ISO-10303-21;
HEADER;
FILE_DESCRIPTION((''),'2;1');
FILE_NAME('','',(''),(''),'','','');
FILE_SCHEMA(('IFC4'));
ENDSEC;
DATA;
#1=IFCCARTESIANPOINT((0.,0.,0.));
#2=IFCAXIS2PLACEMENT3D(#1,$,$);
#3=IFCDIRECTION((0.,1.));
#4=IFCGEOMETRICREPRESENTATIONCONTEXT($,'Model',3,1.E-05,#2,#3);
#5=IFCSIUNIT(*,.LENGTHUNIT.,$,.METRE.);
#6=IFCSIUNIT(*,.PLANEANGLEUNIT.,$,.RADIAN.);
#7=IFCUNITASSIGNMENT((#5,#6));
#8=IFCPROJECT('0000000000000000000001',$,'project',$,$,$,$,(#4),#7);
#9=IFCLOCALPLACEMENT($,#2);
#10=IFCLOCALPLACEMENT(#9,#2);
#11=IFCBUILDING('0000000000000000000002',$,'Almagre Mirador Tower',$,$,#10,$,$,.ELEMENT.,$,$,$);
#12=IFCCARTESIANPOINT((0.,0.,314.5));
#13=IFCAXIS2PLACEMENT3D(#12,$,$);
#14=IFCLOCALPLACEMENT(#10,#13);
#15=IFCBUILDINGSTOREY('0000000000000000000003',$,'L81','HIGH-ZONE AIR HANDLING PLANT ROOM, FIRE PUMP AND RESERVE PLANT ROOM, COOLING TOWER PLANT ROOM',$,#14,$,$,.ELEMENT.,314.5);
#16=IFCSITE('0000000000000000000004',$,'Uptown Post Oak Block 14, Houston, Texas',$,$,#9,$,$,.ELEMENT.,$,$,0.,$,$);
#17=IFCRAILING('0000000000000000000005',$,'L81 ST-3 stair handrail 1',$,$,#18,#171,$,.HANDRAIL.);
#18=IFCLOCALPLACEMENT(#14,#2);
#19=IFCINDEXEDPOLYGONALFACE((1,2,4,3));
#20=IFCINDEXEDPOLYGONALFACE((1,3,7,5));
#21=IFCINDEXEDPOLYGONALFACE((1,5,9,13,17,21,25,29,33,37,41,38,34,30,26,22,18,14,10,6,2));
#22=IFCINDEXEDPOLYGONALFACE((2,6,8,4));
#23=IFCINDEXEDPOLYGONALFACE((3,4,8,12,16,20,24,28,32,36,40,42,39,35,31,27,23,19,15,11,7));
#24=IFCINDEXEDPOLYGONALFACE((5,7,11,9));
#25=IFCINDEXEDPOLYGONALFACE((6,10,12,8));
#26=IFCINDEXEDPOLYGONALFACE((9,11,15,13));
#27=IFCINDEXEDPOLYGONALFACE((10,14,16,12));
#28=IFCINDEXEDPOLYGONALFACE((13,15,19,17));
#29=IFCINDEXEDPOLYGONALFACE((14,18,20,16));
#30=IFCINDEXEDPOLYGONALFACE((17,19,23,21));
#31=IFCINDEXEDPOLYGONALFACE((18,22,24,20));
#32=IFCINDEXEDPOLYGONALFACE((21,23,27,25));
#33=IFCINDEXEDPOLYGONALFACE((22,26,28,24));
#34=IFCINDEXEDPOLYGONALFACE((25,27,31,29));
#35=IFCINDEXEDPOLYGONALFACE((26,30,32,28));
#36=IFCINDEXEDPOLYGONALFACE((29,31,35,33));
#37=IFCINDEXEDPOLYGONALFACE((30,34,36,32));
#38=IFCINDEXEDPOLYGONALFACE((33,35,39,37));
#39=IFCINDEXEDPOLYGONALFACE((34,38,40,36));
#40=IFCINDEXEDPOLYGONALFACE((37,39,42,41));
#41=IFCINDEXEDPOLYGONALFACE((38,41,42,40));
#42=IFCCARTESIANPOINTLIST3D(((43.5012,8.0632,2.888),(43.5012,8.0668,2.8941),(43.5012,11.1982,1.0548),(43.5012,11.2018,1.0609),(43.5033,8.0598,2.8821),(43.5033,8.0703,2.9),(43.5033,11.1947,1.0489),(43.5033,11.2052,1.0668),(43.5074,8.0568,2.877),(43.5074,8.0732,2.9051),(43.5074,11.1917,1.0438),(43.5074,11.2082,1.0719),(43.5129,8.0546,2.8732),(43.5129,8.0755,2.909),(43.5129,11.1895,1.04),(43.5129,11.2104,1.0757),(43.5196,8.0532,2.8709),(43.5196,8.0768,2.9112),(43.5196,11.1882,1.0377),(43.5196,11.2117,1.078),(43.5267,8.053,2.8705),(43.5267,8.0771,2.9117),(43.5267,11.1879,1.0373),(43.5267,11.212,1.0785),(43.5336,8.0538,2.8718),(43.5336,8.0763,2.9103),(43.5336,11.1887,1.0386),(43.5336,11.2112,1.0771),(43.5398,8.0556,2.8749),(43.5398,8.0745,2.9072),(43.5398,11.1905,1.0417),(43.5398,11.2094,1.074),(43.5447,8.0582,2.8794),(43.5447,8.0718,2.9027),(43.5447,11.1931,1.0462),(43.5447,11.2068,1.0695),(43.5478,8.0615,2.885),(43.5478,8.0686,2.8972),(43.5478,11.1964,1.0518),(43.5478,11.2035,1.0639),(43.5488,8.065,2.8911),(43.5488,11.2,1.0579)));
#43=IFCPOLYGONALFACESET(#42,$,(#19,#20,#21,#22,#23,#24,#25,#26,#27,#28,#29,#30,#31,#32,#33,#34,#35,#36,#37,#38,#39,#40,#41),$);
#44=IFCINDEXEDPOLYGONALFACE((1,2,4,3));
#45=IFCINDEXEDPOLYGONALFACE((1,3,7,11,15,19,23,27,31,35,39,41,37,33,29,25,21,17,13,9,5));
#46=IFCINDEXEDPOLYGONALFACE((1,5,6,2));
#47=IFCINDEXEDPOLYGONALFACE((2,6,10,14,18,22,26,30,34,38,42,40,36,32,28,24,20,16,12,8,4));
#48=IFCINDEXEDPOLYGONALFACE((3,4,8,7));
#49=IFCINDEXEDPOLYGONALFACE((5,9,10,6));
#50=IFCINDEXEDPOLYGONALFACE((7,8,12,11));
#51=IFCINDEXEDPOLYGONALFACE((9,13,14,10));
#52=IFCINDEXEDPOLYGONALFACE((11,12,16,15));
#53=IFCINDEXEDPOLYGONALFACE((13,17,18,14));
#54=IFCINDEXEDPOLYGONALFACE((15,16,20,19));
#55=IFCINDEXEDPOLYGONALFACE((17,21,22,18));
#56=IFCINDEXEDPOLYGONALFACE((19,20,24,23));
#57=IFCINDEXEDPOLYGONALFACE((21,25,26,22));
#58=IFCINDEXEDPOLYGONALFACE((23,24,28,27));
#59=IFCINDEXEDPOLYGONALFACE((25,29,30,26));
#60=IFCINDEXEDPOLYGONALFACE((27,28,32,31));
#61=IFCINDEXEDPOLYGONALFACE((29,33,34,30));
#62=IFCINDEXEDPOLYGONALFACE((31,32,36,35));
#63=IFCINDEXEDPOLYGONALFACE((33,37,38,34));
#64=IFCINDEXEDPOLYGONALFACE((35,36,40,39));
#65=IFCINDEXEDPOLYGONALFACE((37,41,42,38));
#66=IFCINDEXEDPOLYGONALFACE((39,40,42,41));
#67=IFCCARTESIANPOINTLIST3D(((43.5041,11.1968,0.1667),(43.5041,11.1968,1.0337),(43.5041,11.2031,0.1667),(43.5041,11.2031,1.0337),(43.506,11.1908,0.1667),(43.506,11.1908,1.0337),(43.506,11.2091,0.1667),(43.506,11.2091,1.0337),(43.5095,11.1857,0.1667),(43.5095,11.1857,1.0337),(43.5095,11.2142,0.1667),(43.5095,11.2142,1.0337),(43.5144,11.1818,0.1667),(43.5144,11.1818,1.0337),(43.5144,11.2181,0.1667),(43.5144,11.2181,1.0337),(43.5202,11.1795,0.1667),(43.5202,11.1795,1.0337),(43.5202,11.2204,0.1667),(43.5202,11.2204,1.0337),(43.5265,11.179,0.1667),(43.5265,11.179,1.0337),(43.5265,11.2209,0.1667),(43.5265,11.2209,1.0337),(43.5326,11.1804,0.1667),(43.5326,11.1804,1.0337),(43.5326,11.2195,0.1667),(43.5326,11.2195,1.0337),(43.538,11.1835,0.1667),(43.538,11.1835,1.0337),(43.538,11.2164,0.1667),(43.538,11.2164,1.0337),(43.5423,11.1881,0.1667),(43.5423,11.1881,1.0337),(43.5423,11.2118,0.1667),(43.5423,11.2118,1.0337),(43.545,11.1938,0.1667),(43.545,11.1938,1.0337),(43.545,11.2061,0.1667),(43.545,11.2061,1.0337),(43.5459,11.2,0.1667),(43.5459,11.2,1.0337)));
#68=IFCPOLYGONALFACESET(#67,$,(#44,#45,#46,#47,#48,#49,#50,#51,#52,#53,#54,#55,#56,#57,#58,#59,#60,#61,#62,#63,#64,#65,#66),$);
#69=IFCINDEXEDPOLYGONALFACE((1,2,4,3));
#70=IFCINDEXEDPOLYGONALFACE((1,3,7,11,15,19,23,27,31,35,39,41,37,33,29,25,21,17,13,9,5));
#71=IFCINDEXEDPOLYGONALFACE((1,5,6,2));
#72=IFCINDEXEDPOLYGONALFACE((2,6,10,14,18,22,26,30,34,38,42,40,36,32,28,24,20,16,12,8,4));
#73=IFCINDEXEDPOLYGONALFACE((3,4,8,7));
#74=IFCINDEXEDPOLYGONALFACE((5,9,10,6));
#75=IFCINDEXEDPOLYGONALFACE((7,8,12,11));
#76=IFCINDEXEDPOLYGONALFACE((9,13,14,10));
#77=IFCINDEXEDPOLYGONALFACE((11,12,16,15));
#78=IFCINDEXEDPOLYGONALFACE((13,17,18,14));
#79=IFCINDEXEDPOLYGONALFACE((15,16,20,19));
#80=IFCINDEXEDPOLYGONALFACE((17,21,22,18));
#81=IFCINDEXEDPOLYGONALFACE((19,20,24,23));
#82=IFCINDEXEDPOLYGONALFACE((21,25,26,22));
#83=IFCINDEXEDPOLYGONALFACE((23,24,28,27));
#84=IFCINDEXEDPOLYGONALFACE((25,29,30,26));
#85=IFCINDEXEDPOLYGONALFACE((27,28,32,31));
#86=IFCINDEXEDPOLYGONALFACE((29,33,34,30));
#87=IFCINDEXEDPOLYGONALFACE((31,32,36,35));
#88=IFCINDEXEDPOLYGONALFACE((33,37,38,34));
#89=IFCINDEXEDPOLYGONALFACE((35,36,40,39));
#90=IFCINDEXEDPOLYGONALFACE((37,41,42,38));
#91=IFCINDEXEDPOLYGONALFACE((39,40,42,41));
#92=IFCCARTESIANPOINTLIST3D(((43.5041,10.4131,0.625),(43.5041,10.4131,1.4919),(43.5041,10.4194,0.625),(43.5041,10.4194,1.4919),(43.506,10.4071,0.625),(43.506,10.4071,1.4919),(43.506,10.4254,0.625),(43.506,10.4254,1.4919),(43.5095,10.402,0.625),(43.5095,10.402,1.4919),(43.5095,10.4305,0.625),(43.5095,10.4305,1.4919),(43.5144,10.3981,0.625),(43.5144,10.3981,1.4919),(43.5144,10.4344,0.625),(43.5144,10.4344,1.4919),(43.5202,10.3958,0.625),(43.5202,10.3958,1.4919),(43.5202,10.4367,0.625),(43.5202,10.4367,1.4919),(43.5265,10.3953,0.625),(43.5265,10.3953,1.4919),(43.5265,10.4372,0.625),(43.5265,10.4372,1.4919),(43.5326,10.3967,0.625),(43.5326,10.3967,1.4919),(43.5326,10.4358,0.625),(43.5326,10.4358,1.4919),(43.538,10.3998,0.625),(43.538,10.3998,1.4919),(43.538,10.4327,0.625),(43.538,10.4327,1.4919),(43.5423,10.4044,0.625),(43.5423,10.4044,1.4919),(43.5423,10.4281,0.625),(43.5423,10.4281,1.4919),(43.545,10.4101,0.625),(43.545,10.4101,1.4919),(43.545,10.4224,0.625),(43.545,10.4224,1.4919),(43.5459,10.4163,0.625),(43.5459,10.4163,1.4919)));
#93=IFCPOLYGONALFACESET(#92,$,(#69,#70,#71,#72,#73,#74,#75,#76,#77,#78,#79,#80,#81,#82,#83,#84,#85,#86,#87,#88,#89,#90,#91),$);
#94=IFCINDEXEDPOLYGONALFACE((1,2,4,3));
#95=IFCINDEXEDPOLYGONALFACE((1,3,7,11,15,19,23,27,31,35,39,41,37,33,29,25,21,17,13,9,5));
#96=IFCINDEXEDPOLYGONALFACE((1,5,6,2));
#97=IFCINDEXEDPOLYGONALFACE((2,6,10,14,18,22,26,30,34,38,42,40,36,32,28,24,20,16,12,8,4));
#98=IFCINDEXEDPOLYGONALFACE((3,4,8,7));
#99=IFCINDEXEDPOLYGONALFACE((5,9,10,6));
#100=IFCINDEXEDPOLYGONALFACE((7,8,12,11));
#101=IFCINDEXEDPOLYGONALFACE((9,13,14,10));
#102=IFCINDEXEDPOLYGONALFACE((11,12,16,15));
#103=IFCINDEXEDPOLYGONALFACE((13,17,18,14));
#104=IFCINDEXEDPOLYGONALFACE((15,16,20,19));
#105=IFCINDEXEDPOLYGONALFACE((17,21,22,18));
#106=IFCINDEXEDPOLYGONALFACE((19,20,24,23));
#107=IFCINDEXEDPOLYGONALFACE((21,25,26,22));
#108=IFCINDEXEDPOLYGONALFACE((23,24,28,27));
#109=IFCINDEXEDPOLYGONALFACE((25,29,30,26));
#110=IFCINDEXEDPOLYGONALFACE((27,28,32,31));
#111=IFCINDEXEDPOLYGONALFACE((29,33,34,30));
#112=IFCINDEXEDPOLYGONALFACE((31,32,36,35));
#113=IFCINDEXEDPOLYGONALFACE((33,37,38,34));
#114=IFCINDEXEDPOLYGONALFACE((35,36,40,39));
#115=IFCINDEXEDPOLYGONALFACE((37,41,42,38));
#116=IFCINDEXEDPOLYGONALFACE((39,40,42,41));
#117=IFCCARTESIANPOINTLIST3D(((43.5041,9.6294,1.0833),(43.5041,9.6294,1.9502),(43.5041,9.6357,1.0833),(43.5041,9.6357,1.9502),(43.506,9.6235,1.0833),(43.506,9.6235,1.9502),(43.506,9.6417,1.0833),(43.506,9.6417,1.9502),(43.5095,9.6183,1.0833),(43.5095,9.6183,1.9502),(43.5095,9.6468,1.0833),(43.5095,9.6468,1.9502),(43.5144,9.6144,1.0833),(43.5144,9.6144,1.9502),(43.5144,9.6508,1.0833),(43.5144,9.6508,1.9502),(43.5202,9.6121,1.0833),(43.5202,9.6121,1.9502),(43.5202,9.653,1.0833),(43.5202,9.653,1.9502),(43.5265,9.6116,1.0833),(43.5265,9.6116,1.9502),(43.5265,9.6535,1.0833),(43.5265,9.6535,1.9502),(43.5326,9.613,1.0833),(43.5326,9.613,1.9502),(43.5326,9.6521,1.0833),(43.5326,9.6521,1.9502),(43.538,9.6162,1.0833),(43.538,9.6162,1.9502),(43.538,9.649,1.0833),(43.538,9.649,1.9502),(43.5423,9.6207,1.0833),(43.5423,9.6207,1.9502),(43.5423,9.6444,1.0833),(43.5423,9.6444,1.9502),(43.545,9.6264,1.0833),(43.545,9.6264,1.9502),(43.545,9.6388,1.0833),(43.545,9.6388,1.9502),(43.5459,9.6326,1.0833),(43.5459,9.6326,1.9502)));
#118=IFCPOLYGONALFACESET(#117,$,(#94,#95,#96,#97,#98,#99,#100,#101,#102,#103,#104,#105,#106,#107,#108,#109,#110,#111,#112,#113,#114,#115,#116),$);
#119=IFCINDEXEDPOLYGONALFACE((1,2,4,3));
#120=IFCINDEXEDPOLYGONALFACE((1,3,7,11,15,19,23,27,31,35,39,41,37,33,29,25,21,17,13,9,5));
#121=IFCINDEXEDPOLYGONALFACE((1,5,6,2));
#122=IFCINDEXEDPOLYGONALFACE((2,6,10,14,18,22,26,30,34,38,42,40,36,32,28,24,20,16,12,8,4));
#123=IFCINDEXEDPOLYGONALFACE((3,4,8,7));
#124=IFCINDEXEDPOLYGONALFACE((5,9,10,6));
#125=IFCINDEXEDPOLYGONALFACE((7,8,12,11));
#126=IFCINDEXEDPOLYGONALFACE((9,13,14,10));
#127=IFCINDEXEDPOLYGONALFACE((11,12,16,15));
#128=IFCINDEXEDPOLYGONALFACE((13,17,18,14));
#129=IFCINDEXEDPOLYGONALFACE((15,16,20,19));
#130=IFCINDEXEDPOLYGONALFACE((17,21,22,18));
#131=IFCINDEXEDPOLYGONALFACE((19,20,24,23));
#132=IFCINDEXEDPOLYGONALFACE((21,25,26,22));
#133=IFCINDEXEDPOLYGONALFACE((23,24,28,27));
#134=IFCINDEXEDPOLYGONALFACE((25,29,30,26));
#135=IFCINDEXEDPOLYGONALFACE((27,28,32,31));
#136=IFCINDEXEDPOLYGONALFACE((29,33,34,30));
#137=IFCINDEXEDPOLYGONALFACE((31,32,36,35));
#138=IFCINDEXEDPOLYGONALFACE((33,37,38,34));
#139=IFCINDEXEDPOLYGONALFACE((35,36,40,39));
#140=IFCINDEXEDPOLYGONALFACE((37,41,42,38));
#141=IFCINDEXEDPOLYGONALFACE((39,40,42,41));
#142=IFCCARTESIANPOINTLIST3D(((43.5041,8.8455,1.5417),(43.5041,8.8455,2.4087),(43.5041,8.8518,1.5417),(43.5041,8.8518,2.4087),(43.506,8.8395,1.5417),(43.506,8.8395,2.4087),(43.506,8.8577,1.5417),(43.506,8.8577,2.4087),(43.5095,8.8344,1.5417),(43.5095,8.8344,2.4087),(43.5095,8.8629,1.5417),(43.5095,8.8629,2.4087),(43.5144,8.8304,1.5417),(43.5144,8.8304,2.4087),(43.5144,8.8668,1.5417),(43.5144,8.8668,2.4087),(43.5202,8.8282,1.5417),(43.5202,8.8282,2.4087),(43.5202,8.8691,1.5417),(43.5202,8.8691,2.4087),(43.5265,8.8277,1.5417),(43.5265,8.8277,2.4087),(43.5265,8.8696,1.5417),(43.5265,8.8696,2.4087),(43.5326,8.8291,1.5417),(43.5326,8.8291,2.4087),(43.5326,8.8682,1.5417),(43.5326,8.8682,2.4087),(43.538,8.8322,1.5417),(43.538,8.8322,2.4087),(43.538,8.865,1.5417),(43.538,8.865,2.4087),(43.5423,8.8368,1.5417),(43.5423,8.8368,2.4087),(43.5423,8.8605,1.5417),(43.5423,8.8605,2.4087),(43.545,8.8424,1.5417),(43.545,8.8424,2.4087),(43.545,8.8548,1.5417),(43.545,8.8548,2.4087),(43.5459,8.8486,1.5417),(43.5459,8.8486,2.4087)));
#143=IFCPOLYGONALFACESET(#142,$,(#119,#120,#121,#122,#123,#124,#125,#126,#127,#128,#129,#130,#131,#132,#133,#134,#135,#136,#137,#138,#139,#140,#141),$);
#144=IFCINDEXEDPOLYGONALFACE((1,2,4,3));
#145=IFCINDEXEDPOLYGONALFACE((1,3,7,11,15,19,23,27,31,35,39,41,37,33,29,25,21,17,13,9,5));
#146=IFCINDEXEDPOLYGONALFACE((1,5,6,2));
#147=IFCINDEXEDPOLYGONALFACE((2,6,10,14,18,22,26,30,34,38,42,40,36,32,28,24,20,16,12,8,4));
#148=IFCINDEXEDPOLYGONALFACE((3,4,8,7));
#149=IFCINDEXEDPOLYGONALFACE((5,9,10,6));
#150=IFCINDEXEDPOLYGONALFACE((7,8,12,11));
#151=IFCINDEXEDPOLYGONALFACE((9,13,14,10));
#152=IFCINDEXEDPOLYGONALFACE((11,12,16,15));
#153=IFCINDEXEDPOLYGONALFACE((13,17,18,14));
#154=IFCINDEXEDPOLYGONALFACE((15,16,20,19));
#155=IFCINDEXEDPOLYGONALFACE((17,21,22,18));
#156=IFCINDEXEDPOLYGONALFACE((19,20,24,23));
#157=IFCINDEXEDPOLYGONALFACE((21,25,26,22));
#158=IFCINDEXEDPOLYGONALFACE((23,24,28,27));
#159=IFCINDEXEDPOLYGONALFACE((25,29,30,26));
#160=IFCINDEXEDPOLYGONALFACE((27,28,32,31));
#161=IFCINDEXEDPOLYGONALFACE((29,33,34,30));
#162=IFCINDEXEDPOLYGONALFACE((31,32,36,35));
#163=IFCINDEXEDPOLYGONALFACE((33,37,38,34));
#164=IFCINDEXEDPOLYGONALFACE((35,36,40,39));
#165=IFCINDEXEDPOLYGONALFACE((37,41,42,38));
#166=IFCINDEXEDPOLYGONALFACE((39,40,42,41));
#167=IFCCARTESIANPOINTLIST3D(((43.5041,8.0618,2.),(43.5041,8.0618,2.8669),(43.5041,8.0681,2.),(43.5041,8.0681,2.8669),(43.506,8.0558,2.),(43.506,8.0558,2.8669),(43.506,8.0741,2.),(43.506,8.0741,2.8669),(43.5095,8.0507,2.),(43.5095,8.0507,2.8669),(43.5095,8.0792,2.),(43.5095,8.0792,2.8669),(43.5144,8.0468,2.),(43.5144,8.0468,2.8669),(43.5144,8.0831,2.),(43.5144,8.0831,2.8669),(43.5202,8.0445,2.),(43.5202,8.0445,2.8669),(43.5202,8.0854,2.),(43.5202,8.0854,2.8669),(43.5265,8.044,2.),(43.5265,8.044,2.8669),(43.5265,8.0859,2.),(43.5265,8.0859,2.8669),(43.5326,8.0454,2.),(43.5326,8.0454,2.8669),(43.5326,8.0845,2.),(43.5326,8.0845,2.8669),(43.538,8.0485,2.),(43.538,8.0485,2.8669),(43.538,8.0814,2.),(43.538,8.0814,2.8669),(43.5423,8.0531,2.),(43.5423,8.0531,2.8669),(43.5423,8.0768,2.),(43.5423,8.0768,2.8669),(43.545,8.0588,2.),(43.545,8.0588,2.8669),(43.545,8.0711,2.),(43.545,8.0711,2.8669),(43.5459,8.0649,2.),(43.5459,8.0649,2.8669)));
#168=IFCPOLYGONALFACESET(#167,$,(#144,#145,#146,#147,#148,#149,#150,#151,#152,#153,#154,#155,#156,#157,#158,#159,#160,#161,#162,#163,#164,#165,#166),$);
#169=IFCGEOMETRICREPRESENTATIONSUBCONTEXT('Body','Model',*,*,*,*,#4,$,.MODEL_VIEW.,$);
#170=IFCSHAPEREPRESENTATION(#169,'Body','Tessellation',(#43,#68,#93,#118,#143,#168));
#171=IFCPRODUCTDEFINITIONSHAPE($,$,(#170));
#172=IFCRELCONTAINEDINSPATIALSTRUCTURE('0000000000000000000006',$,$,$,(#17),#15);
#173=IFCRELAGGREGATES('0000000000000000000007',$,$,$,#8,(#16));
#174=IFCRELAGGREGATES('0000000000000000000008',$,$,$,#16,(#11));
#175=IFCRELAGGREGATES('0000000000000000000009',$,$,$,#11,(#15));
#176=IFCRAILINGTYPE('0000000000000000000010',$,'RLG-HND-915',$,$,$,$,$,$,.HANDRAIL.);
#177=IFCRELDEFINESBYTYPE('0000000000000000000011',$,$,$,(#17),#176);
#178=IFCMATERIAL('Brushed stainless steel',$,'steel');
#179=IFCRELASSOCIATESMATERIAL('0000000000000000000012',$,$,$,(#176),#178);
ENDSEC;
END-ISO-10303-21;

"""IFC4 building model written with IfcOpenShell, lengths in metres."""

from ifc_helpers import new_model, si_unit, direction, frame, origin, origin_2d, place, context, subcontext, project, spatial, circle, extrude, material, type_object, element, save


model = new_model("IFC4")

# Units and contexts
model_context = context("Model", 3, precision=1e-05, world=origin(), true_north=direction((0.0, 1.0)))
body_context = subcontext(model_context, "Body", "Model", "MODEL_VIEW")
ifc_project = project(units=[si_unit("LENGTHUNIT", "METRE"), si_unit("PLANEANGLEUNIT", "RADIAN")], contexts=[model_context])

# Site, building, storey
site_placement = place(None, origin())
site = spatial("IfcSite", under=ifc_project, at=site_placement, Name="Uptown Post Oak Block 14, Houston, Texas", CompositionType="ELEMENT", RefElevation=0.0)
building_placement = place(site_placement, origin())
building = spatial("IfcBuilding", under=site, at=building_placement, Name="Almagre Mirador Tower", CompositionType="ELEMENT")
storey_placement = place(building_placement, frame((0.0, 0.0, 314.5)))
storey = spatial("IfcBuildingStorey", under=building, at=storey_placement, Name="L81", Description="HIGH-ZONE AIR HANDLING PLANT ROOM, FIRE PUMP AND RESERVE PLANT ROOM, COOLING TOWER PLANT ROOM", CompositionType="ELEMENT", Elevation=314.5)

# Railing
ifc_material_1 = material(Name="Brushed stainless steel", Category="steel")
railing_type_1 = type_object("IfcRailingType", Name="RLG-HND-915", PredefinedType="HANDRAIL", material=ifc_material_1)
railing_1_placement = place(storey_placement, frame((43.5249, 11.2, 0.1667)))
element("IfcRailing", 1, at=railing_1_placement, inside=storey, type_object=railing_type_1, Name="L81 ST-3 stair handrail 1", PredefinedType="HANDRAIL", context=body_context, shape_type="SweptSolid", body=[
    extrude(circle(Radius=0.0239, at=origin_2d()), frame((0.0, 0.0, 0.8911), z_axis=(0.0, -0.86324, 0.504794), x_axis=(1.0, 0.0, 0.0)), (0.0, 0.0, 1.0), 3.6316),
    extrude(circle(Radius=0.021, at=origin_2d()), origin(), (0.0, 0.0, 1.0), 0.8669),
    extrude(circle(Radius=0.021, at=origin_2d()), frame((0.0, -0.7837, 0.4583)), (0.0, 0.0, 1.0), 0.8669),
    extrude(circle(Radius=0.021, at=origin_2d()), frame((0.0, -1.5674, 0.9165)), (0.0, 0.0, 1.0), 0.8669),
    extrude(circle(Radius=0.021, at=origin_2d()), frame((0.0, -2.3513, 1.375)), (0.0, 0.0, 1.0), 0.8669),
    extrude(circle(Radius=0.021, at=origin_2d()), frame((0.0, -3.135, 1.8333)), (0.0, 0.0, 1.0), 0.8669),
])

save(model, "model.ifc")
